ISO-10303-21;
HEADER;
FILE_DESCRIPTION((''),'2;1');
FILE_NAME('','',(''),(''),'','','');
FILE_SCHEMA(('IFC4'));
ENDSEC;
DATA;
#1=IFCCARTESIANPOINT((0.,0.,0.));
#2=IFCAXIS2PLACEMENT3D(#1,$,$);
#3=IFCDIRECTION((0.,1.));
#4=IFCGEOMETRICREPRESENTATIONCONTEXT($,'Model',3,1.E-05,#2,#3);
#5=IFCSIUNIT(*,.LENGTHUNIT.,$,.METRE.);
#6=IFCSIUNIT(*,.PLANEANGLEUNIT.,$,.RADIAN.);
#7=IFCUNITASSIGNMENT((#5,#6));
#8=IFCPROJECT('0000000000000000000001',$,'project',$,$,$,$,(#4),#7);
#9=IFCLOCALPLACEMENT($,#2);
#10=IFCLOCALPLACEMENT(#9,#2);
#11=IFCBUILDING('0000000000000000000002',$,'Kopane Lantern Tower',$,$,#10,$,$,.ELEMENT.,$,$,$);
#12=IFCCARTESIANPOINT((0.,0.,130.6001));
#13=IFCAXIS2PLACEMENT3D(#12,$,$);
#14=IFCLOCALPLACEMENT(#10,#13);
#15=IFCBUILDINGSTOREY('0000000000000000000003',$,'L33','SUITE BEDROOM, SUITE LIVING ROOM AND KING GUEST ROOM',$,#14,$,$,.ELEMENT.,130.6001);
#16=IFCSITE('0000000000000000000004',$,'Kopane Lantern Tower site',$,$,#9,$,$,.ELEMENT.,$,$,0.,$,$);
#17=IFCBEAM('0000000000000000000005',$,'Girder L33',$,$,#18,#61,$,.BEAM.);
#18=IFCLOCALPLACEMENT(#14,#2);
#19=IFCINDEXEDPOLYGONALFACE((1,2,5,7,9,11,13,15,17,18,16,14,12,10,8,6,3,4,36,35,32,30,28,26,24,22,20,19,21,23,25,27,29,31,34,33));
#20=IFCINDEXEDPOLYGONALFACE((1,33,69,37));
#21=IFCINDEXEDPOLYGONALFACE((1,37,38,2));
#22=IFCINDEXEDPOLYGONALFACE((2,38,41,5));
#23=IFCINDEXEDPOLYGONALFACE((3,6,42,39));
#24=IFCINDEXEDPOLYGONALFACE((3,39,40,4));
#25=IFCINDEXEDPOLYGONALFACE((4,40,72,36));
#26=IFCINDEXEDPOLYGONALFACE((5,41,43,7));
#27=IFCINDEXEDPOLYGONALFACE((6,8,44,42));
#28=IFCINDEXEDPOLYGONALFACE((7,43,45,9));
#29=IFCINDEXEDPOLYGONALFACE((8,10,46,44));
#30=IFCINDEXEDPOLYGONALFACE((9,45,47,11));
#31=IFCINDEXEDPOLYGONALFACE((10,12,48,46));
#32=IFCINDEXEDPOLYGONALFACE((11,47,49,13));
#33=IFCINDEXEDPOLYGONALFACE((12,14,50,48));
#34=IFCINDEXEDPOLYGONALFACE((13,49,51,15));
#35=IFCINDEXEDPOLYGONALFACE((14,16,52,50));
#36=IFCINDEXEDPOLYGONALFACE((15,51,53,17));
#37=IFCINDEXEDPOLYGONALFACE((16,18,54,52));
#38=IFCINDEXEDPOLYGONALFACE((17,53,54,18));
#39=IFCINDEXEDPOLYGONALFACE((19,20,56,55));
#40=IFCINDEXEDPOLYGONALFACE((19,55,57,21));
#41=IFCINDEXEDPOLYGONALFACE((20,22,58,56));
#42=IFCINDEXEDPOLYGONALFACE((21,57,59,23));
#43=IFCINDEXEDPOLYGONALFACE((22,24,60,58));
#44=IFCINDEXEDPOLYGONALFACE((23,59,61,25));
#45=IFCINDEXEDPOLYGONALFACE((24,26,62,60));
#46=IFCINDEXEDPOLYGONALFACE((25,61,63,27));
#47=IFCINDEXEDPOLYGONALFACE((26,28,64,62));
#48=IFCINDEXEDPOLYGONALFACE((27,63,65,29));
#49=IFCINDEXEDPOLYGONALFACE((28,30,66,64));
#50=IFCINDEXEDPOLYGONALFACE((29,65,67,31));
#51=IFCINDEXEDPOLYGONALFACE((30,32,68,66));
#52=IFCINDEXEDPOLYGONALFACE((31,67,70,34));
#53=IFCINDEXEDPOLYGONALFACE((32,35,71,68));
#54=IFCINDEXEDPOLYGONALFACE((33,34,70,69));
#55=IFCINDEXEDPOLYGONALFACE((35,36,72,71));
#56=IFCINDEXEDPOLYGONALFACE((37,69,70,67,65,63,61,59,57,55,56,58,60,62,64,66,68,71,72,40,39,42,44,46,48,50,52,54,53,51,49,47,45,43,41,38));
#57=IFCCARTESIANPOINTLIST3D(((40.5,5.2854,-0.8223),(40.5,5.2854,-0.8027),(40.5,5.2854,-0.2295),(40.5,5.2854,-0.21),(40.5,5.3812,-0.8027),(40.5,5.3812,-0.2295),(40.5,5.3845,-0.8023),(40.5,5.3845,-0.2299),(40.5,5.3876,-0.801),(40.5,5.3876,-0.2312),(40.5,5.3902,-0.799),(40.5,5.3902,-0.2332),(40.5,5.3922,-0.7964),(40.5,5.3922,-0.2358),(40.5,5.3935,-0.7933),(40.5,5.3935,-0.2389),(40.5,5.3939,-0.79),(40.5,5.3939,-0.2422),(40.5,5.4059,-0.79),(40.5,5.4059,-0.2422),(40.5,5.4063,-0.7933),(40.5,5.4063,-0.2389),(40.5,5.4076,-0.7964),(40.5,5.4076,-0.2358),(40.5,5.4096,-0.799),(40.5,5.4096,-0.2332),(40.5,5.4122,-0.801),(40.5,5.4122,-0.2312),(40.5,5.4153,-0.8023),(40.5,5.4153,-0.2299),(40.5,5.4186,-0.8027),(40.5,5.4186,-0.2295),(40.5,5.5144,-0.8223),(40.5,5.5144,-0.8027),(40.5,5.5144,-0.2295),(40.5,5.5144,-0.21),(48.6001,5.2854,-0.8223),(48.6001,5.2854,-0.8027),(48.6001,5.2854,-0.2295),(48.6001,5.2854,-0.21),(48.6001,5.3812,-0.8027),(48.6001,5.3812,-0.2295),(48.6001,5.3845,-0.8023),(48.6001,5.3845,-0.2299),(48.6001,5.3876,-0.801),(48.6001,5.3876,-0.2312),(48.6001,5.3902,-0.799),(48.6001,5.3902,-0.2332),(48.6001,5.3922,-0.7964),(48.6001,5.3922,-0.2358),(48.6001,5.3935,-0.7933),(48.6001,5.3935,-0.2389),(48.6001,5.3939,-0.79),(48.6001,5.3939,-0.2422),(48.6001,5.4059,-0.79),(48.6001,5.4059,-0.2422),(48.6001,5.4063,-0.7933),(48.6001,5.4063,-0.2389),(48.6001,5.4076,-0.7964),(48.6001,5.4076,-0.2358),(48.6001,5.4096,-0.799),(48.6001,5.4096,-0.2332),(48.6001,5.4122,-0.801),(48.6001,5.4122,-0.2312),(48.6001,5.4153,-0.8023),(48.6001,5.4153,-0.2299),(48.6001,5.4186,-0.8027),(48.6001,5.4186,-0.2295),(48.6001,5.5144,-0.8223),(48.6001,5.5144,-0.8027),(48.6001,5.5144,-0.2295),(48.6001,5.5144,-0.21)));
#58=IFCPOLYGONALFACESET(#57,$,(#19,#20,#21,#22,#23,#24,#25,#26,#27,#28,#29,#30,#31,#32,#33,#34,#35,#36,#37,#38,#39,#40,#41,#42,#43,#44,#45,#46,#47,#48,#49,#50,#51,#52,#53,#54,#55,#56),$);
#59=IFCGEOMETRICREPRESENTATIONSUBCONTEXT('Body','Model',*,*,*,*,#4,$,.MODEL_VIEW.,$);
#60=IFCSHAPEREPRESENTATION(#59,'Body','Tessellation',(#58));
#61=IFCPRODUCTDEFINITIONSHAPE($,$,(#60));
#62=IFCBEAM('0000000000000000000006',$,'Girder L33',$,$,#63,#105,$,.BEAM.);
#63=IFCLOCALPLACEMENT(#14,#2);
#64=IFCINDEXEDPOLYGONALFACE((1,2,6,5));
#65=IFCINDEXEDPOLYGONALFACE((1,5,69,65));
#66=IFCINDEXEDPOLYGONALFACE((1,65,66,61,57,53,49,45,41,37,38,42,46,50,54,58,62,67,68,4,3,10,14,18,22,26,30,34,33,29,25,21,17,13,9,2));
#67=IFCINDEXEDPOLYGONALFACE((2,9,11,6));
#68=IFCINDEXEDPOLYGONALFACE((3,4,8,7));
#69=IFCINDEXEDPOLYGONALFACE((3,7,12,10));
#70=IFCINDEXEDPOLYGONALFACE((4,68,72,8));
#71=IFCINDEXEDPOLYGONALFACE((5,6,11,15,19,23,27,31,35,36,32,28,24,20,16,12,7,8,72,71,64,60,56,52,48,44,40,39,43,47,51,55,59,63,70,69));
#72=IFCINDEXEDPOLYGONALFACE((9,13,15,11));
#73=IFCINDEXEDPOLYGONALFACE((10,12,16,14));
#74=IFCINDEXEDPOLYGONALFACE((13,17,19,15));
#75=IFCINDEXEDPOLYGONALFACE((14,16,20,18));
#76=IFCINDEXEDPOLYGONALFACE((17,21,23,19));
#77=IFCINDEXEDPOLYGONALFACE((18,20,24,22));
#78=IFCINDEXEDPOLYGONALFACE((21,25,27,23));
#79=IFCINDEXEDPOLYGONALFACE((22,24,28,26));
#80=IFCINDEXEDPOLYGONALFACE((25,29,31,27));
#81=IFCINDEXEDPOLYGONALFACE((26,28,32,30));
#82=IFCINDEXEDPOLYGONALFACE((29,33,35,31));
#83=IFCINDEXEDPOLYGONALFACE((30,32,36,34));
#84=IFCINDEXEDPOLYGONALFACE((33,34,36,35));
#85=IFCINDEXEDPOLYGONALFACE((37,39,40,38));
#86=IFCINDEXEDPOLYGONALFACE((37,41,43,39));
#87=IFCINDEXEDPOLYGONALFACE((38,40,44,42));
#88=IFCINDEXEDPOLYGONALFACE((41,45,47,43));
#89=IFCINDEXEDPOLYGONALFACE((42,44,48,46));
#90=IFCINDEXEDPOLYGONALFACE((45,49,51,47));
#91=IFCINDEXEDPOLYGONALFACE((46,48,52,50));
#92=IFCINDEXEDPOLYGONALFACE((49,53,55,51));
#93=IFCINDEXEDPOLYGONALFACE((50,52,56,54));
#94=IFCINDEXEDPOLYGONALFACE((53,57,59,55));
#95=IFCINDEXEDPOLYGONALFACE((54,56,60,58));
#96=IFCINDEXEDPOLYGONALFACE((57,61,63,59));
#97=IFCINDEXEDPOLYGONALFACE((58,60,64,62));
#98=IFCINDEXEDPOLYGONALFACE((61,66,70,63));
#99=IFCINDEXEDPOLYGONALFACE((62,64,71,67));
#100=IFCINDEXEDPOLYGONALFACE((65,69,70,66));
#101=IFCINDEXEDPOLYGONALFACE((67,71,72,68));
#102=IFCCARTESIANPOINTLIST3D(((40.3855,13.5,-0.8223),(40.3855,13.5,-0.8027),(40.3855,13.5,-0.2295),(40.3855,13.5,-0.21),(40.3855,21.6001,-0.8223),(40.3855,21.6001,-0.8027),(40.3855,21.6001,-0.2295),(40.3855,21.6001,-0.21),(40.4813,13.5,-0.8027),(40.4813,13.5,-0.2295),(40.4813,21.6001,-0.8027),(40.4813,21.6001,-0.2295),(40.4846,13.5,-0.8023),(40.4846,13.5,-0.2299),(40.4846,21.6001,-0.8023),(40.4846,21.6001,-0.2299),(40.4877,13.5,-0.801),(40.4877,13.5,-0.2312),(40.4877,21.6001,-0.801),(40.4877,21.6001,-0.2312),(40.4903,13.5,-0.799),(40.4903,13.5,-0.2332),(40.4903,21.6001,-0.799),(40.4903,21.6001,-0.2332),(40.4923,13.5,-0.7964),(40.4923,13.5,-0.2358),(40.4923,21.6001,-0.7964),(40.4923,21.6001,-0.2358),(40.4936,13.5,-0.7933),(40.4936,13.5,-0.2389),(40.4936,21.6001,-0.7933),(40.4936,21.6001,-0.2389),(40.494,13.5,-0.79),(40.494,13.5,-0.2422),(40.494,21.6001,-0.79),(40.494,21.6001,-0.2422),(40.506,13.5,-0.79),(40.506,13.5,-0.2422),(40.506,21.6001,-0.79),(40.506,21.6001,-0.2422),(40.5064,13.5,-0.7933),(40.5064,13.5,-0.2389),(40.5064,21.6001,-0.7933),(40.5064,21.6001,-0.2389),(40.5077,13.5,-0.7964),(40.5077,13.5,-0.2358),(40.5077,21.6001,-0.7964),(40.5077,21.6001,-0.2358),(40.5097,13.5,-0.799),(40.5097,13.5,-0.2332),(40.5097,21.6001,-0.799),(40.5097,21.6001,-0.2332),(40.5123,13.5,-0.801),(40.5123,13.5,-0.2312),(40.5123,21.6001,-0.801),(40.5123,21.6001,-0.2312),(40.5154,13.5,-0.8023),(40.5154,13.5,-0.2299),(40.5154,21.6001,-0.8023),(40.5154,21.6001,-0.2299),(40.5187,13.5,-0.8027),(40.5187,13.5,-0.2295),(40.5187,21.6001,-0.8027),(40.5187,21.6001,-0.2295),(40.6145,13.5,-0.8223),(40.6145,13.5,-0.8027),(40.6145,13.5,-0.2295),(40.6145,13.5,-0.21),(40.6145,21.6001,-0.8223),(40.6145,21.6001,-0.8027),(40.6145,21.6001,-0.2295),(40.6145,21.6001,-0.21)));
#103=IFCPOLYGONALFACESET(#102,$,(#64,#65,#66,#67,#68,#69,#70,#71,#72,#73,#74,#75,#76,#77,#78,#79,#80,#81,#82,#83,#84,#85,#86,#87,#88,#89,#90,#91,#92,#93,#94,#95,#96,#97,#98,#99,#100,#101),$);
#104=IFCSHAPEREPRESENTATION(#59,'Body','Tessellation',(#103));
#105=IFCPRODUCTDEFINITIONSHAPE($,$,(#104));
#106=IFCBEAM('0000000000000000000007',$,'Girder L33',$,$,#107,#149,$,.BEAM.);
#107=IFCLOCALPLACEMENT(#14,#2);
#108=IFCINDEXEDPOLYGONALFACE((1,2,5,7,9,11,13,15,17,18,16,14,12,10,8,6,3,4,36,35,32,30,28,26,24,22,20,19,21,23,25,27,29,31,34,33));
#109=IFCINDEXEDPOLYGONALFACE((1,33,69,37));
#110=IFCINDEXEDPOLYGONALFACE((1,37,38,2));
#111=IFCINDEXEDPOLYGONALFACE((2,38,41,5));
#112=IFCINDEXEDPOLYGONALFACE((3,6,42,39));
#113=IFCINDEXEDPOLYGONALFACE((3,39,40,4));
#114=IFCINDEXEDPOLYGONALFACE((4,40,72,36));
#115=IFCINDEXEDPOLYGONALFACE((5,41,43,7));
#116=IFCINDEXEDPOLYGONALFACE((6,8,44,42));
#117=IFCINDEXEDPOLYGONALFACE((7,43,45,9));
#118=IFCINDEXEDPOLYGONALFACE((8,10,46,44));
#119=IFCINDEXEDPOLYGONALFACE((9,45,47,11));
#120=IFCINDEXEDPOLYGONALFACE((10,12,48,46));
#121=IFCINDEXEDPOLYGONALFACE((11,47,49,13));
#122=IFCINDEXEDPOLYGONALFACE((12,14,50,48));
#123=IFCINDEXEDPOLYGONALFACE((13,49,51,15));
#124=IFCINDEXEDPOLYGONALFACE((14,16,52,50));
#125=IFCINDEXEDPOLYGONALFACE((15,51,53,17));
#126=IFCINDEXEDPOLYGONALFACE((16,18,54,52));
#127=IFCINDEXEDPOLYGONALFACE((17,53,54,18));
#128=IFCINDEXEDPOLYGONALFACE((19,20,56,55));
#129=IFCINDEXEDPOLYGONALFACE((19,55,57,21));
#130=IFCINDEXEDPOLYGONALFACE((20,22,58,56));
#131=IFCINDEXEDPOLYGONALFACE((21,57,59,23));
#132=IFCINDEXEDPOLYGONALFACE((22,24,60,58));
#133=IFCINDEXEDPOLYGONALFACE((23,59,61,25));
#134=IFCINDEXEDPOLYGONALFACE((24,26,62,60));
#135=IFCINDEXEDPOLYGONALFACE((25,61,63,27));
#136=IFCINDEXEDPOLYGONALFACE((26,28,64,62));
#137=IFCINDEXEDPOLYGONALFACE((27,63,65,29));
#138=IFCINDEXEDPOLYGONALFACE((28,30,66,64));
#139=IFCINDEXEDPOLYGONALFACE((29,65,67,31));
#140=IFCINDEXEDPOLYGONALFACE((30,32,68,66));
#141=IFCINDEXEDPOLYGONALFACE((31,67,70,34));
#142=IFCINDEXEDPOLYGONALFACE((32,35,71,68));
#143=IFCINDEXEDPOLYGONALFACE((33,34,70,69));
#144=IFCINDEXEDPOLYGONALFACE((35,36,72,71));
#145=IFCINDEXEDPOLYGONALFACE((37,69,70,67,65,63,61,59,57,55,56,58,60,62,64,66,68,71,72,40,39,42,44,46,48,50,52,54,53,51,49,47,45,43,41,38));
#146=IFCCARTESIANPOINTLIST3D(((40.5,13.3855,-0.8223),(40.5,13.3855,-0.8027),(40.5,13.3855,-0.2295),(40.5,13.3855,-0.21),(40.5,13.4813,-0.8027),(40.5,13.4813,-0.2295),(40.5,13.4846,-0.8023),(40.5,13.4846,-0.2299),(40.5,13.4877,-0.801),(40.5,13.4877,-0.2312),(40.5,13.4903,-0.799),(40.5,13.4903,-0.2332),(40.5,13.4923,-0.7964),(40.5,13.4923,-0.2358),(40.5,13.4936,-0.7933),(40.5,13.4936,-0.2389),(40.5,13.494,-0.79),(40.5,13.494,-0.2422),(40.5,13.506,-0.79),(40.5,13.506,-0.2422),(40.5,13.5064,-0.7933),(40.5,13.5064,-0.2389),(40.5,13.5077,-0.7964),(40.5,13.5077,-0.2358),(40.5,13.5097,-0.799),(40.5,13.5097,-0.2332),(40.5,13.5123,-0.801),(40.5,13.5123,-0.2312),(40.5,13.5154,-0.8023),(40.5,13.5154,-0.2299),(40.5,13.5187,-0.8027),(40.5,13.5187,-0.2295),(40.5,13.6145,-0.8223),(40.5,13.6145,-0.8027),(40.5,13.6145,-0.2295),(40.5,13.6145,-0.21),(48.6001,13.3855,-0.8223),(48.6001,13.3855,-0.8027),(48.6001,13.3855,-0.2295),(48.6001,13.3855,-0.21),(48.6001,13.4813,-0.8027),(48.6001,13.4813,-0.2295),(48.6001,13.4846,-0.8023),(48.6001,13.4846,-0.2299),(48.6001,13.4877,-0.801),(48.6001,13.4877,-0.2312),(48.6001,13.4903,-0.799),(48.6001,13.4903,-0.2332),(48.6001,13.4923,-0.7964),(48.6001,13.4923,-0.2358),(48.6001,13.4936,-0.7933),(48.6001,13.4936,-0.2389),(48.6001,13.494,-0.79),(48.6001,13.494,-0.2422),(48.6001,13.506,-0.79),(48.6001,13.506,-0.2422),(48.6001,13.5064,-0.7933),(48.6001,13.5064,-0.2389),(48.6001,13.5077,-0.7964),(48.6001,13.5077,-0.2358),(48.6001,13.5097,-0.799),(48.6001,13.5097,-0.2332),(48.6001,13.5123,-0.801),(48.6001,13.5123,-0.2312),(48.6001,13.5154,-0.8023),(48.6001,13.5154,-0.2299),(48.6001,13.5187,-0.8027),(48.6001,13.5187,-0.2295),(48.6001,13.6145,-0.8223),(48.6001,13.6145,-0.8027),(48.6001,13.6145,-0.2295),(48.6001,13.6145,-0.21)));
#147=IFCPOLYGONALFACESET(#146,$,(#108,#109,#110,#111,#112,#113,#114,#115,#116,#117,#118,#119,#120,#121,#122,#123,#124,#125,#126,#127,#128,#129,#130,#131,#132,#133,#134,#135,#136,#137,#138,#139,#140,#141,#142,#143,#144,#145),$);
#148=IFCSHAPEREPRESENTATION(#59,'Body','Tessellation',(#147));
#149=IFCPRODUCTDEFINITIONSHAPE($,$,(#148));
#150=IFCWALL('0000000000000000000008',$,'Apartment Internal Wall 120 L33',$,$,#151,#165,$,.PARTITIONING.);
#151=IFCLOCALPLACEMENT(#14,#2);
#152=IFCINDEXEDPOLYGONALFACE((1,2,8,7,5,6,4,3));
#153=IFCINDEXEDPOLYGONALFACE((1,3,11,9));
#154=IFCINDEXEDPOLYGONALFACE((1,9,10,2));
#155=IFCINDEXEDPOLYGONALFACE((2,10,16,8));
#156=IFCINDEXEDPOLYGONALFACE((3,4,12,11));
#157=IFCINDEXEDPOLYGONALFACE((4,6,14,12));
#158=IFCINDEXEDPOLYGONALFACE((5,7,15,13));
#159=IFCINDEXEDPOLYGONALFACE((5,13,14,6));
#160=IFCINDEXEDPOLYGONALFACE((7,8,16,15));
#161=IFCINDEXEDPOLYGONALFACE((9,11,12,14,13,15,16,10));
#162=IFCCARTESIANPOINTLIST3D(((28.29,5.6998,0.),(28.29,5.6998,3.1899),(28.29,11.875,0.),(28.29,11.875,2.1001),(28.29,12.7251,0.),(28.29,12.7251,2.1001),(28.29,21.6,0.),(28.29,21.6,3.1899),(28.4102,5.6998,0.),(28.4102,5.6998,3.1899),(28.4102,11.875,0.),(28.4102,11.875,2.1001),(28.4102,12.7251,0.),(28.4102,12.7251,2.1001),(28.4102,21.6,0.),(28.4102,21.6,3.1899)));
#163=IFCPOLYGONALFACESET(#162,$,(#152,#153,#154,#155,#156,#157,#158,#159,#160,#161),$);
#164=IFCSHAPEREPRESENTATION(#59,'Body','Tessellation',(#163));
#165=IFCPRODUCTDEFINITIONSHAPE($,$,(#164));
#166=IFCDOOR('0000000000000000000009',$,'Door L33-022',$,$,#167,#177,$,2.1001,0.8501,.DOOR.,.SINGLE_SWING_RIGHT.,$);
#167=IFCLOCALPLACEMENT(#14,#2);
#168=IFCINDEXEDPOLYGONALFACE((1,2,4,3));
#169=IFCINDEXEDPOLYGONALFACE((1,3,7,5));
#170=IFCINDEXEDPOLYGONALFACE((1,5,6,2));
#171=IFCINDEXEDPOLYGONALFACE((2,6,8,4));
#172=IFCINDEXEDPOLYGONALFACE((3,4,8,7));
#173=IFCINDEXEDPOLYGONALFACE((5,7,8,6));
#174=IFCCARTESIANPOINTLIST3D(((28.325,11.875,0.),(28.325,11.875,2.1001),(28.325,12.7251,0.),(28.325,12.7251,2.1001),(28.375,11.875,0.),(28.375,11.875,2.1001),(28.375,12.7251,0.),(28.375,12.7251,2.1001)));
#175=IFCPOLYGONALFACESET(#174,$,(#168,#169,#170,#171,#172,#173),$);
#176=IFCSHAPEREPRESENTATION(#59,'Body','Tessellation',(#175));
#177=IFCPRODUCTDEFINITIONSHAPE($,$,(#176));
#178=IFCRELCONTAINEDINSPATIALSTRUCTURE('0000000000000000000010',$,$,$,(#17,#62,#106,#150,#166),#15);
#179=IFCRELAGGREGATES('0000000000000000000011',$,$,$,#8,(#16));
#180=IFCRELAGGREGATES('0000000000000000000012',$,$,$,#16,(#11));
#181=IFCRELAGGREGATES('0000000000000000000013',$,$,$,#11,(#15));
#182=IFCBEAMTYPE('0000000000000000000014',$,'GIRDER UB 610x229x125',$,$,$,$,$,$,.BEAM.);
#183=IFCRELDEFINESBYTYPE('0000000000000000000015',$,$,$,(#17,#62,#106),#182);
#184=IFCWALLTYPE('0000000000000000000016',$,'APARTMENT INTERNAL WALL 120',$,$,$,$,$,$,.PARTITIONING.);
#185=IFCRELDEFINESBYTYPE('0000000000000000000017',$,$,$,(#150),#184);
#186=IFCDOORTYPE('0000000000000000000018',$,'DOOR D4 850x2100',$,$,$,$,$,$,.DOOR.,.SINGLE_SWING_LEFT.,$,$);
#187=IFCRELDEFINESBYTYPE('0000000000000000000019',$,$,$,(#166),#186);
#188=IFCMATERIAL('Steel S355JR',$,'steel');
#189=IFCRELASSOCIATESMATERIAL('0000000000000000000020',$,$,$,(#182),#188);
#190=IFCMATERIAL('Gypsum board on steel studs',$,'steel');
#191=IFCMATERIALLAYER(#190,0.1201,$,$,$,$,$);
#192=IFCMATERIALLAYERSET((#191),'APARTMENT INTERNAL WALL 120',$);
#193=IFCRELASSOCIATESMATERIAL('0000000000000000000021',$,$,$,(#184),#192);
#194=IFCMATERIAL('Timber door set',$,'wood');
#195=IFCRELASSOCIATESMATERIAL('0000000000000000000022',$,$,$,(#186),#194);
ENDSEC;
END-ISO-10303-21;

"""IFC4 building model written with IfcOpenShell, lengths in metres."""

from ifc_helpers import new_model, si_unit, direction, frame, frame_2d, origin, origin_2d, place, context, subcontext, project, spatial, rectangle, i_section, extrude, material, layer, layer_set, material_profile, profile_set, type_object, element, fill, save


model = new_model("IFC4")

# Units and contexts
model_context = context("Model", 3, precision=1e-05, world=origin(), true_north=direction((0.0, 1.0)))
body_context = subcontext(model_context, "Body", "Model", "MODEL_VIEW")
ifc_project = project(units=[si_unit("LENGTHUNIT", "METRE"), si_unit("PLANEANGLEUNIT", "RADIAN")], contexts=[model_context])

# Site, building, storey
site_placement = place(None, origin())
site = spatial("IfcSite", under=ifc_project, at=site_placement, Name="Kopane Lantern Tower site", CompositionType="ELEMENT", RefElevation=0.0)
building_placement = place(site_placement, origin())
building = spatial("IfcBuilding", under=site, at=building_placement, Name="Kopane Lantern Tower", CompositionType="ELEMENT")
storey_placement = place(building_placement, frame((0.0, 0.0, 130.6001)))
storey = spatial("IfcBuildingStorey", under=building, at=storey_placement, Name="L33", Description="SUITE BEDROOM, SUITE LIVING ROOM AND KING GUEST ROOM", CompositionType="ELEMENT", Elevation=130.6001)

# Beams
ifc_material_1 = material(Name="Steel S355JR", Category="steel")
ifc_material_profile_1 = material_profile(ifc_material_1, i_section(OverallWidth=0.229, OverallDepth=0.6123, WebThickness=0.012, FlangeThickness=0.0195, FilletRadius=0.0127, at=origin_2d()), Name="UB 610x229x125")
ifc_profile_set_1 = profile_set([ifc_material_profile_1], Name="Steel S355JR")
beam_type_1 = type_object("IfcBeamType", Name="GIRDER UB 610x229x125", PredefinedType="BEAM", material=ifc_profile_set_1)
for number, where, z_axis, x_axis, name in (
    (1, (40.5, 5.3999, -0.5161), (1.0, 0.0, 0.0), (0.0, 1.0, 0.0), "Girder L33"),
    (2, (40.5, 13.5, -0.5161), (0.0, 1.0, 0.0), (-1.0, 0.0, 0.0), "Girder L33"),
    (3, (40.5, 13.5, -0.5161), (1.0, 0.0, 0.0), (0.0, 1.0, 0.0), "Girder L33"),
):
    element("IfcBeam", number, at=place(storey_placement, frame(where, z_axis=z_axis, x_axis=x_axis)), inside=storey, type_object=beam_type_1, Name=name, PredefinedType="BEAM", context=body_context, shape_type="SweptSolid", body=[
        extrude(i_section(OverallWidth=0.229, OverallDepth=0.6123, WebThickness=0.012, FlangeThickness=0.0195, FilletRadius=0.0127, at=origin_2d()), origin(), (0.0, 0.0, 1.0), 8.1001),
    ])

# Wall, opening, door
ifc_material_2 = material(Name="Gypsum board on steel studs", Category="steel")
ifc_layer_1 = layer(ifc_material_2, 0.1201)
ifc_layer_set_1 = layer_set([ifc_layer_1], Name="APARTMENT INTERNAL WALL 120")
wall_type_1 = type_object("IfcWallType", Name="APARTMENT INTERNAL WALL 120", PredefinedType="PARTITIONING", material=ifc_layer_set_1)
wall_1_placement = place(storey_placement, frame((28.3501, 21.6001, 0.0), z_axis=(0.0, 0.0, 1.0), x_axis=(0.0, -1.0, 0.0)))
wall_1 = element("IfcWall", 4, at=wall_1_placement, inside=storey, type_object=wall_type_1, Name="Apartment Internal Wall 120 L33", PredefinedType="PARTITIONING", context=body_context, shape_type="SweptSolid", body=[
    extrude(rectangle(XDim=15.9001, YDim=0.1201, at=frame_2d((7.9502, 0.0))), origin(), (0.0, 0.0, 1.0), 3.1899),
])
opening_1_placement = place(wall_1_placement, frame((8.875, 0.0, 0.0)))
opening_1 = element("IfcOpeningElement", 5, at=opening_1_placement, cuts=wall_1, PredefinedType="OPENING", context=body_context, shape_type="SweptSolid", body=[
    extrude(rectangle(XDim=0.8501, YDim=2.1001, at=frame_2d((0.425, 1.05))), frame((0.0, 0.0701, 0.0), z_axis=(0.0, -1.0, 0.0), x_axis=(1.0, 0.0, 0.0)), (0.0, 0.0, 1.0), 0.1401),
])
ifc_material_3 = material(Name="Timber door set", Category="wood")
door_type_1 = type_object("IfcDoorType", Name="DOOR D4 850x2100", OperationType="SINGLE_SWING_LEFT", PredefinedType="DOOR", material=ifc_material_3)
door_1_placement = place(opening_1_placement, origin())
door_1 = element("IfcDoor", 6, at=door_1_placement, inside=storey, type_object=door_type_1, Name="Door L33-022", OperationType="SINGLE_SWING_RIGHT", OverallHeight=2.1001, OverallWidth=0.8501, PredefinedType="DOOR", context=body_context, shape_type="SweptSolid", body=[
    extrude(rectangle(XDim=0.8501, YDim=2.1001, at=frame_2d((0.425, 1.05))), frame((0.0, 0.0249, 0.0), z_axis=(0.0, -1.0, 0.0), x_axis=(1.0, 0.0, 0.0)), (0.0, 0.0, 1.0), 0.05),
])
fill(opening_1, door_1)

save(model, "model.ifc")
